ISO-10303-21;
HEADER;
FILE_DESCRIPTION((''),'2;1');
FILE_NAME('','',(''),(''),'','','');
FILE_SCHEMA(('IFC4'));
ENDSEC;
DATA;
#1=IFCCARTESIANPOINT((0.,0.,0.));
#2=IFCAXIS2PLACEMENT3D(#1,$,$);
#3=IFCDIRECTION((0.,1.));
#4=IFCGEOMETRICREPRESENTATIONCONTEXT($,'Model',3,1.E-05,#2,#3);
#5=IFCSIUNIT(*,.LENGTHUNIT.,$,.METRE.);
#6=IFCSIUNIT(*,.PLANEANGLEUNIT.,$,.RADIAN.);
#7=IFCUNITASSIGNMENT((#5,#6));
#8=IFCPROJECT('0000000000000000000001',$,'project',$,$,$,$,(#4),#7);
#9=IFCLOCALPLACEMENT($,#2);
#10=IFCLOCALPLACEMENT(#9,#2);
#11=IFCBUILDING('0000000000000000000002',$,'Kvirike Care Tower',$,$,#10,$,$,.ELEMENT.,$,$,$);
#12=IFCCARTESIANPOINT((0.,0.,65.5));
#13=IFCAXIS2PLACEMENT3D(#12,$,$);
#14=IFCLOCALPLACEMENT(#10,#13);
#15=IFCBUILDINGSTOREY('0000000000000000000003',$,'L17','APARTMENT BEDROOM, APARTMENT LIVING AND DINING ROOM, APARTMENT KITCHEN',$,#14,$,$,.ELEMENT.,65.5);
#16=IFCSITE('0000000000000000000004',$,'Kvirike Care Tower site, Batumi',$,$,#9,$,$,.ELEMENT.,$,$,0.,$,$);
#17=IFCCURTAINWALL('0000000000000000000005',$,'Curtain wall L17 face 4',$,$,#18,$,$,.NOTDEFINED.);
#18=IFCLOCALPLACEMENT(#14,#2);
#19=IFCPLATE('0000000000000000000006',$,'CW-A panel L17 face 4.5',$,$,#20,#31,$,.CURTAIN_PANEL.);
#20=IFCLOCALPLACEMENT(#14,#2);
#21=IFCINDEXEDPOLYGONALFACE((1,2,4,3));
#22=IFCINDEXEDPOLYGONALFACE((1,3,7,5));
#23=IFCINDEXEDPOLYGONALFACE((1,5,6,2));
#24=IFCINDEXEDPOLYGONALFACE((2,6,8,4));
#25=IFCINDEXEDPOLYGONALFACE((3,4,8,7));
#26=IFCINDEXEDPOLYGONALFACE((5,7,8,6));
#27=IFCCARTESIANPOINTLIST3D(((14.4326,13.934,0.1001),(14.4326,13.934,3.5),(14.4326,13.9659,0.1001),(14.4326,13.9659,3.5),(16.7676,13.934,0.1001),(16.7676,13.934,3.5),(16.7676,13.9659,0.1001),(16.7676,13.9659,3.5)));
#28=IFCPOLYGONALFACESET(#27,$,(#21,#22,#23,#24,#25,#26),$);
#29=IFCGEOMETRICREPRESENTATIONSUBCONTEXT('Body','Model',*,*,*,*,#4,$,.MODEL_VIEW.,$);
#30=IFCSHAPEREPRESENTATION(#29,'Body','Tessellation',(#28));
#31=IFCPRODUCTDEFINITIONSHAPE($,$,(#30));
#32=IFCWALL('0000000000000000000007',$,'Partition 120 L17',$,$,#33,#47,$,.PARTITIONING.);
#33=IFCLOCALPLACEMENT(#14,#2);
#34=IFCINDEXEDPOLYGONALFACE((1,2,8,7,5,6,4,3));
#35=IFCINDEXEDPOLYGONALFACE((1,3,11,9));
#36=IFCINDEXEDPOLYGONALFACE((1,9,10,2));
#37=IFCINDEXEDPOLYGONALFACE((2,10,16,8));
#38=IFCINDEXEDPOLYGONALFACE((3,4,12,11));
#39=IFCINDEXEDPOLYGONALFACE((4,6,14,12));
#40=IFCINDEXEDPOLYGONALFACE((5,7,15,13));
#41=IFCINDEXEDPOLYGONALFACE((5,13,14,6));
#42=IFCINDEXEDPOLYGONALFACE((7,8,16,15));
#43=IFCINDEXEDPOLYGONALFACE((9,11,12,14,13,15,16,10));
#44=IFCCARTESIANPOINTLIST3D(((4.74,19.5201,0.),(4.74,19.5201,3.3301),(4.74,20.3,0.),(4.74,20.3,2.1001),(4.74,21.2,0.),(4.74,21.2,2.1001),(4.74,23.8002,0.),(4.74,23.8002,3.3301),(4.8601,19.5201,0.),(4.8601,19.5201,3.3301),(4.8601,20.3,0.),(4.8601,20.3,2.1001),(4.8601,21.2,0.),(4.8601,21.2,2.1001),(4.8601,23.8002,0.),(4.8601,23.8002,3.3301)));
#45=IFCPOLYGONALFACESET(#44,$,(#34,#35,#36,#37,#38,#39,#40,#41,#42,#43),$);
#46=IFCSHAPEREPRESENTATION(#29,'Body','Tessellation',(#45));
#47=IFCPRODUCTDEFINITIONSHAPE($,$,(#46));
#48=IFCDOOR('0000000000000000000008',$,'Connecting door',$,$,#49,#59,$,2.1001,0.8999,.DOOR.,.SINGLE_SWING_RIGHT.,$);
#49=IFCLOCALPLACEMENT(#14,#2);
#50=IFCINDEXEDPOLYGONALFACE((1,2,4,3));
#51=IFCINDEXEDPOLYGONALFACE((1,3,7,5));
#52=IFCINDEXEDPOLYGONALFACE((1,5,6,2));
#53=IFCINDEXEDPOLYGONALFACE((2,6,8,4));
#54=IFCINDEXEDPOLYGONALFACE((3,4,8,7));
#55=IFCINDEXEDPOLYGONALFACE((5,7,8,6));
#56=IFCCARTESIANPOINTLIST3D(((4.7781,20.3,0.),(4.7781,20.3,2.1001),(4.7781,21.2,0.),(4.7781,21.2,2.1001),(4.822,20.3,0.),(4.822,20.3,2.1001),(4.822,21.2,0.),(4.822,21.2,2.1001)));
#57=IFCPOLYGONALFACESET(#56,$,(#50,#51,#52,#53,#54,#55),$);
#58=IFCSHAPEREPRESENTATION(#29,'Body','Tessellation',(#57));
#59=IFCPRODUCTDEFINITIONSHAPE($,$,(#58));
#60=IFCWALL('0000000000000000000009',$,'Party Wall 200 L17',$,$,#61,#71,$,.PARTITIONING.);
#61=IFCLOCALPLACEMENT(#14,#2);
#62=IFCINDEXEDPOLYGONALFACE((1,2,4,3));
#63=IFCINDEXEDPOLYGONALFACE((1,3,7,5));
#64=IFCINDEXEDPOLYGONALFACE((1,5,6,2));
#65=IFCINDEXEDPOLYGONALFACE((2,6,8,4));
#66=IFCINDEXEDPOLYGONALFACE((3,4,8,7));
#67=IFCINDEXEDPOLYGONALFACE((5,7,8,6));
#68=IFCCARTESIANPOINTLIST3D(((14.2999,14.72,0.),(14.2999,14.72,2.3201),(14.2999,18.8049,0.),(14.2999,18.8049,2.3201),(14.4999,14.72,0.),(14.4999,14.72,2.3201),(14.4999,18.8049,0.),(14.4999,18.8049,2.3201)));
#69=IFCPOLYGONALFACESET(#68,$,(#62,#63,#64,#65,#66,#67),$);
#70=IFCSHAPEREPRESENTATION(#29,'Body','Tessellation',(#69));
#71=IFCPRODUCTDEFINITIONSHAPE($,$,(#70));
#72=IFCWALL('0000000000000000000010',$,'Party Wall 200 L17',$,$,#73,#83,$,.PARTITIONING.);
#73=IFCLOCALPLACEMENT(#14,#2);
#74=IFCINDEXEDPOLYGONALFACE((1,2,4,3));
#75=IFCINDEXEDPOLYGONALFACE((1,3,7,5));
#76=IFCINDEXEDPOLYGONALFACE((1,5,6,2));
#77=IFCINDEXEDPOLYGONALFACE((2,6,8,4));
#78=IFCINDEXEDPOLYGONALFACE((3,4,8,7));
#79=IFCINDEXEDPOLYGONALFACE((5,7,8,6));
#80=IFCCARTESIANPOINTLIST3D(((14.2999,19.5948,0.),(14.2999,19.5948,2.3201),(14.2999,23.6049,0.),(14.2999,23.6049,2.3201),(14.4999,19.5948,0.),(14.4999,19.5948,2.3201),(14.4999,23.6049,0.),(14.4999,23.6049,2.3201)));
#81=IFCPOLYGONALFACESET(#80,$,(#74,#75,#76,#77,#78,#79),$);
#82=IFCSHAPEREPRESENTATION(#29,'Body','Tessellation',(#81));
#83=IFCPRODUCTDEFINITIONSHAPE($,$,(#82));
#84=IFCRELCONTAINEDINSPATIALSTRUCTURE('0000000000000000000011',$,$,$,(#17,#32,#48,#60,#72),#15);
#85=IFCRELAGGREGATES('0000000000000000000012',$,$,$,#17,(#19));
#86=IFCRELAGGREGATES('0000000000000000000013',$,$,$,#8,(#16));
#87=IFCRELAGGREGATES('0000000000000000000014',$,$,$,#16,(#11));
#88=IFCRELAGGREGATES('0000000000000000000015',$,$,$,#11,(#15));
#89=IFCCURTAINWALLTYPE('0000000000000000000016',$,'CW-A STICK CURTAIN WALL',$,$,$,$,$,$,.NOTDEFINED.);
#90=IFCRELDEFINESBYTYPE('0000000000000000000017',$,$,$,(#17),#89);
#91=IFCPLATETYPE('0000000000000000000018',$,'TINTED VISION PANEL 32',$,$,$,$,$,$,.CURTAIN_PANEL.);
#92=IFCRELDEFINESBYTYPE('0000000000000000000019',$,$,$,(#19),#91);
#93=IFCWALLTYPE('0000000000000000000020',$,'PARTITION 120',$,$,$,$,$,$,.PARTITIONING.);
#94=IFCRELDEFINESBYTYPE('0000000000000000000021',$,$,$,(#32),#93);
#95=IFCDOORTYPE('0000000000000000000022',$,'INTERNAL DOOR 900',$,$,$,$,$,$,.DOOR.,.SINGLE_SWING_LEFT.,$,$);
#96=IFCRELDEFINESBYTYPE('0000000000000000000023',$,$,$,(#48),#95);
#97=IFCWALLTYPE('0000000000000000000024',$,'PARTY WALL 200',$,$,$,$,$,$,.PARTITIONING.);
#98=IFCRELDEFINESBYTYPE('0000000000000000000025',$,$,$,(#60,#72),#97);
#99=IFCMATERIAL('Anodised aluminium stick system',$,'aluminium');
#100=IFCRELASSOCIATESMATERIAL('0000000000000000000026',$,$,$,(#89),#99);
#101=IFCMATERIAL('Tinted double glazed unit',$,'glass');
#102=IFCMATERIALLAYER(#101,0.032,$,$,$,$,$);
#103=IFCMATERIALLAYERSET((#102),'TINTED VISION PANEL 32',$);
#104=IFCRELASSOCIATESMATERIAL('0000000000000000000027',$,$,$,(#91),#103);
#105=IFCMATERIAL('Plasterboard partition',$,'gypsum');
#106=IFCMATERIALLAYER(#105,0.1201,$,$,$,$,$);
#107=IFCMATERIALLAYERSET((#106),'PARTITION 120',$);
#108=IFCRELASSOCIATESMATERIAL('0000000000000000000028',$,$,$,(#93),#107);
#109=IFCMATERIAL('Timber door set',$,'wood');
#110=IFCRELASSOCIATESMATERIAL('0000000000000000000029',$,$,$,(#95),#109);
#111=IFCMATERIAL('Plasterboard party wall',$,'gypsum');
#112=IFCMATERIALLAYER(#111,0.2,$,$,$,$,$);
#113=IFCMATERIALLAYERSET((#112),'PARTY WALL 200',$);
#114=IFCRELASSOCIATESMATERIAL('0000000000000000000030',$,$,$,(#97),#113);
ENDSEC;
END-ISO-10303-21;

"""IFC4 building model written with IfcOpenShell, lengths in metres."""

from ifc_helpers import new_model, si_unit, direction, frame, frame_2d, origin, origin_2d, place, context, subcontext, project, spatial, rectangle, extrude, material, layer, layer_set, type_object, element, fill, aggregate, save


model = new_model("IFC4")

# Units and contexts
model_context = context("Model", 3, precision=1e-05, world=origin(), true_north=direction((0.0, 1.0)))
body_context = subcontext(model_context, "Body", "Model", "MODEL_VIEW")
ifc_project = project(units=[si_unit("LENGTHUNIT", "METRE"), si_unit("PLANEANGLEUNIT", "RADIAN")], contexts=[model_context])

# Site, building, storey
site_placement = place(None, origin())
site = spatial("IfcSite", under=ifc_project, at=site_placement, Name="Kvirike Care Tower site, Batumi", CompositionType="ELEMENT", RefElevation=0.0)
building_placement = place(site_placement, origin())
building = spatial("IfcBuilding", under=site, at=building_placement, Name="Kvirike Care Tower", CompositionType="ELEMENT")
storey_placement = place(building_placement, frame((0.0, 0.0, 65.5)))
storey = spatial("IfcBuildingStorey", under=building, at=storey_placement, Name="L17", Description="APARTMENT BEDROOM, APARTMENT LIVING AND DINING ROOM, APARTMENT KITCHEN", CompositionType="ELEMENT", Elevation=65.5)

# Curtain wall
ifc_material_1 = material(Name="Anodised aluminium stick system", Category="aluminium")
curtain_wall_type = type_object("IfcCurtainWallType", Name="CW-A STICK CURTAIN WALL", PredefinedType="NOTDEFINED", material=ifc_material_1)
curtain_wall_placement = place(storey_placement, origin())
curtain_wall = element("IfcCurtainWall", 1, at=curtain_wall_placement, inside=storey, type_object=curtain_wall_type, Name="Curtain wall L17 face 4", PredefinedType="NOTDEFINED")

# Plate
ifc_material_2 = material(Name="Tinted double glazed unit", Category="glass")
ifc_layer_1 = layer(ifc_material_2, 0.032)
ifc_layer_set_1 = layer_set([ifc_layer_1], Name="TINTED VISION PANEL 32")
plate_type = type_object("IfcPlateType", Name="TINTED VISION PANEL 32", PredefinedType="CURTAIN_PANEL", material=ifc_layer_set_1)
plate_1_placement = place(storey_placement, frame((15.6001, 13.95, 0.1001), z_axis=(0.0, 0.0, 1.0), x_axis=(1.0, 0.0, 0.0)))
plate_1 = element("IfcPlate", 2, at=plate_1_placement, type_object=plate_type, Name="CW-A panel L17 face 4.5", PredefinedType="CURTAIN_PANEL", context=body_context, shape_type="SweptSolid", body=[
    extrude(rectangle(XDim=2.335, YDim=0.032, at=origin_2d()), origin(), (0.0, 0.0, 1.0), 3.3999),
])
aggregate(curtain_wall, [plate_1])

# Wall, opening, door
ifc_material_3 = material(Name="Plasterboard partition", Category="gypsum")
ifc_layer_2 = layer(ifc_material_3, 0.1201)
ifc_layer_set_2 = layer_set([ifc_layer_2], Name="PARTITION 120")
wall_type_1 = type_object("IfcWallType", Name="PARTITION 120", PredefinedType="PARTITIONING", material=ifc_layer_set_2)
wall_1_placement = place(storey_placement, frame((4.8, 19.52, 0.0), z_axis=(0.0, 0.0, 1.0), x_axis=(0.0, 1.0, 0.0)))
wall_1 = element("IfcWall", 3, at=wall_1_placement, inside=storey, type_object=wall_type_1, Name="Partition 120 L17", PredefinedType="PARTITIONING", context=body_context, shape_type="SweptSolid", body=[
    extrude(rectangle(XDim=4.28, YDim=0.1201, at=frame_2d((2.1401, 0.0))), origin(), (0.0, 0.0, 1.0), 3.3301),
])
opening_placement = place(wall_1_placement, frame((0.78, 0.0, 0.0)))
opening = element("IfcOpeningElement", 4, at=opening_placement, cuts=wall_1, PredefinedType="OPENING", context=body_context, shape_type="SweptSolid", body=[
    extrude(rectangle(XDim=0.8999, YDim=2.1001, at=frame_2d((0.45, 1.05))), frame((0.0, 0.0706, 0.0), z_axis=(0.0, -1.0, 0.0), x_axis=(1.0, 0.0, 0.0)), (0.0, 0.0, 1.0), 0.1411),
])
ifc_material_4 = material(Name="Timber door set", Category="wood")
door_type = type_object("IfcDoorType", Name="INTERNAL DOOR 900", OperationType="SINGLE_SWING_LEFT", PredefinedType="DOOR", material=ifc_material_4)
door_placement = place(opening_placement, origin())
door = element("IfcDoor", 5, at=door_placement, inside=storey, type_object=door_type, Name="Connecting door", OperationType="SINGLE_SWING_RIGHT", OverallHeight=2.1001, OverallWidth=0.8999, PredefinedType="DOOR", context=body_context, shape_type="SweptSolid", body=[
    extrude(rectangle(XDim=0.8999, YDim=2.1001, at=frame_2d((0.45, 1.05))), frame((0.0, 0.022, 0.0), z_axis=(0.0, -1.0, 0.0), x_axis=(1.0, 0.0, 0.0)), (0.0, 0.0, 1.0), 0.0439),
])
fill(opening, door)

# Walls
ifc_material_5 = material(Name="Plasterboard party wall", Category="gypsum")
ifc_layer_3 = layer(ifc_material_5, 0.2)
ifc_layer_set_3 = layer_set([ifc_layer_3], Name="PARTY WALL 200")
wall_type_2 = type_object("IfcWallType", Name="PARTY WALL 200", PredefinedType="PARTITIONING", material=ifc_layer_set_3)
wall_2_placement = place(storey_placement, frame((14.3999, 14.72, 0.0), z_axis=(0.0, 0.0, 1.0), x_axis=(0.0, 1.0, 0.0)))
element("IfcWall", 6, at=wall_2_placement, inside=storey, type_object=wall_type_2, Name="Party Wall 200 L17", PredefinedType="PARTITIONING", context=body_context, shape_type="SweptSolid", body=[
    extrude(rectangle(XDim=4.085, YDim=0.2, at=frame_2d((2.0425, 0.0))), origin(), (0.0, 0.0, 1.0), 2.3201),
])
wall_3_placement = place(storey_placement, frame((14.3999, 19.595, 0.0), z_axis=(0.0, 0.0, 1.0), x_axis=(0.0, 1.0, 0.0)))
element("IfcWall", 7, at=wall_3_placement, inside=storey, type_object=wall_type_2, Name="Party Wall 200 L17", PredefinedType="PARTITIONING", context=body_context, shape_type="SweptSolid", body=[
    extrude(rectangle(XDim=4.01, YDim=0.2, at=frame_2d((2.0049, 0.0))), origin(), (0.0, 0.0, 1.0), 2.3201),
])

save(model, "model.ifc")
